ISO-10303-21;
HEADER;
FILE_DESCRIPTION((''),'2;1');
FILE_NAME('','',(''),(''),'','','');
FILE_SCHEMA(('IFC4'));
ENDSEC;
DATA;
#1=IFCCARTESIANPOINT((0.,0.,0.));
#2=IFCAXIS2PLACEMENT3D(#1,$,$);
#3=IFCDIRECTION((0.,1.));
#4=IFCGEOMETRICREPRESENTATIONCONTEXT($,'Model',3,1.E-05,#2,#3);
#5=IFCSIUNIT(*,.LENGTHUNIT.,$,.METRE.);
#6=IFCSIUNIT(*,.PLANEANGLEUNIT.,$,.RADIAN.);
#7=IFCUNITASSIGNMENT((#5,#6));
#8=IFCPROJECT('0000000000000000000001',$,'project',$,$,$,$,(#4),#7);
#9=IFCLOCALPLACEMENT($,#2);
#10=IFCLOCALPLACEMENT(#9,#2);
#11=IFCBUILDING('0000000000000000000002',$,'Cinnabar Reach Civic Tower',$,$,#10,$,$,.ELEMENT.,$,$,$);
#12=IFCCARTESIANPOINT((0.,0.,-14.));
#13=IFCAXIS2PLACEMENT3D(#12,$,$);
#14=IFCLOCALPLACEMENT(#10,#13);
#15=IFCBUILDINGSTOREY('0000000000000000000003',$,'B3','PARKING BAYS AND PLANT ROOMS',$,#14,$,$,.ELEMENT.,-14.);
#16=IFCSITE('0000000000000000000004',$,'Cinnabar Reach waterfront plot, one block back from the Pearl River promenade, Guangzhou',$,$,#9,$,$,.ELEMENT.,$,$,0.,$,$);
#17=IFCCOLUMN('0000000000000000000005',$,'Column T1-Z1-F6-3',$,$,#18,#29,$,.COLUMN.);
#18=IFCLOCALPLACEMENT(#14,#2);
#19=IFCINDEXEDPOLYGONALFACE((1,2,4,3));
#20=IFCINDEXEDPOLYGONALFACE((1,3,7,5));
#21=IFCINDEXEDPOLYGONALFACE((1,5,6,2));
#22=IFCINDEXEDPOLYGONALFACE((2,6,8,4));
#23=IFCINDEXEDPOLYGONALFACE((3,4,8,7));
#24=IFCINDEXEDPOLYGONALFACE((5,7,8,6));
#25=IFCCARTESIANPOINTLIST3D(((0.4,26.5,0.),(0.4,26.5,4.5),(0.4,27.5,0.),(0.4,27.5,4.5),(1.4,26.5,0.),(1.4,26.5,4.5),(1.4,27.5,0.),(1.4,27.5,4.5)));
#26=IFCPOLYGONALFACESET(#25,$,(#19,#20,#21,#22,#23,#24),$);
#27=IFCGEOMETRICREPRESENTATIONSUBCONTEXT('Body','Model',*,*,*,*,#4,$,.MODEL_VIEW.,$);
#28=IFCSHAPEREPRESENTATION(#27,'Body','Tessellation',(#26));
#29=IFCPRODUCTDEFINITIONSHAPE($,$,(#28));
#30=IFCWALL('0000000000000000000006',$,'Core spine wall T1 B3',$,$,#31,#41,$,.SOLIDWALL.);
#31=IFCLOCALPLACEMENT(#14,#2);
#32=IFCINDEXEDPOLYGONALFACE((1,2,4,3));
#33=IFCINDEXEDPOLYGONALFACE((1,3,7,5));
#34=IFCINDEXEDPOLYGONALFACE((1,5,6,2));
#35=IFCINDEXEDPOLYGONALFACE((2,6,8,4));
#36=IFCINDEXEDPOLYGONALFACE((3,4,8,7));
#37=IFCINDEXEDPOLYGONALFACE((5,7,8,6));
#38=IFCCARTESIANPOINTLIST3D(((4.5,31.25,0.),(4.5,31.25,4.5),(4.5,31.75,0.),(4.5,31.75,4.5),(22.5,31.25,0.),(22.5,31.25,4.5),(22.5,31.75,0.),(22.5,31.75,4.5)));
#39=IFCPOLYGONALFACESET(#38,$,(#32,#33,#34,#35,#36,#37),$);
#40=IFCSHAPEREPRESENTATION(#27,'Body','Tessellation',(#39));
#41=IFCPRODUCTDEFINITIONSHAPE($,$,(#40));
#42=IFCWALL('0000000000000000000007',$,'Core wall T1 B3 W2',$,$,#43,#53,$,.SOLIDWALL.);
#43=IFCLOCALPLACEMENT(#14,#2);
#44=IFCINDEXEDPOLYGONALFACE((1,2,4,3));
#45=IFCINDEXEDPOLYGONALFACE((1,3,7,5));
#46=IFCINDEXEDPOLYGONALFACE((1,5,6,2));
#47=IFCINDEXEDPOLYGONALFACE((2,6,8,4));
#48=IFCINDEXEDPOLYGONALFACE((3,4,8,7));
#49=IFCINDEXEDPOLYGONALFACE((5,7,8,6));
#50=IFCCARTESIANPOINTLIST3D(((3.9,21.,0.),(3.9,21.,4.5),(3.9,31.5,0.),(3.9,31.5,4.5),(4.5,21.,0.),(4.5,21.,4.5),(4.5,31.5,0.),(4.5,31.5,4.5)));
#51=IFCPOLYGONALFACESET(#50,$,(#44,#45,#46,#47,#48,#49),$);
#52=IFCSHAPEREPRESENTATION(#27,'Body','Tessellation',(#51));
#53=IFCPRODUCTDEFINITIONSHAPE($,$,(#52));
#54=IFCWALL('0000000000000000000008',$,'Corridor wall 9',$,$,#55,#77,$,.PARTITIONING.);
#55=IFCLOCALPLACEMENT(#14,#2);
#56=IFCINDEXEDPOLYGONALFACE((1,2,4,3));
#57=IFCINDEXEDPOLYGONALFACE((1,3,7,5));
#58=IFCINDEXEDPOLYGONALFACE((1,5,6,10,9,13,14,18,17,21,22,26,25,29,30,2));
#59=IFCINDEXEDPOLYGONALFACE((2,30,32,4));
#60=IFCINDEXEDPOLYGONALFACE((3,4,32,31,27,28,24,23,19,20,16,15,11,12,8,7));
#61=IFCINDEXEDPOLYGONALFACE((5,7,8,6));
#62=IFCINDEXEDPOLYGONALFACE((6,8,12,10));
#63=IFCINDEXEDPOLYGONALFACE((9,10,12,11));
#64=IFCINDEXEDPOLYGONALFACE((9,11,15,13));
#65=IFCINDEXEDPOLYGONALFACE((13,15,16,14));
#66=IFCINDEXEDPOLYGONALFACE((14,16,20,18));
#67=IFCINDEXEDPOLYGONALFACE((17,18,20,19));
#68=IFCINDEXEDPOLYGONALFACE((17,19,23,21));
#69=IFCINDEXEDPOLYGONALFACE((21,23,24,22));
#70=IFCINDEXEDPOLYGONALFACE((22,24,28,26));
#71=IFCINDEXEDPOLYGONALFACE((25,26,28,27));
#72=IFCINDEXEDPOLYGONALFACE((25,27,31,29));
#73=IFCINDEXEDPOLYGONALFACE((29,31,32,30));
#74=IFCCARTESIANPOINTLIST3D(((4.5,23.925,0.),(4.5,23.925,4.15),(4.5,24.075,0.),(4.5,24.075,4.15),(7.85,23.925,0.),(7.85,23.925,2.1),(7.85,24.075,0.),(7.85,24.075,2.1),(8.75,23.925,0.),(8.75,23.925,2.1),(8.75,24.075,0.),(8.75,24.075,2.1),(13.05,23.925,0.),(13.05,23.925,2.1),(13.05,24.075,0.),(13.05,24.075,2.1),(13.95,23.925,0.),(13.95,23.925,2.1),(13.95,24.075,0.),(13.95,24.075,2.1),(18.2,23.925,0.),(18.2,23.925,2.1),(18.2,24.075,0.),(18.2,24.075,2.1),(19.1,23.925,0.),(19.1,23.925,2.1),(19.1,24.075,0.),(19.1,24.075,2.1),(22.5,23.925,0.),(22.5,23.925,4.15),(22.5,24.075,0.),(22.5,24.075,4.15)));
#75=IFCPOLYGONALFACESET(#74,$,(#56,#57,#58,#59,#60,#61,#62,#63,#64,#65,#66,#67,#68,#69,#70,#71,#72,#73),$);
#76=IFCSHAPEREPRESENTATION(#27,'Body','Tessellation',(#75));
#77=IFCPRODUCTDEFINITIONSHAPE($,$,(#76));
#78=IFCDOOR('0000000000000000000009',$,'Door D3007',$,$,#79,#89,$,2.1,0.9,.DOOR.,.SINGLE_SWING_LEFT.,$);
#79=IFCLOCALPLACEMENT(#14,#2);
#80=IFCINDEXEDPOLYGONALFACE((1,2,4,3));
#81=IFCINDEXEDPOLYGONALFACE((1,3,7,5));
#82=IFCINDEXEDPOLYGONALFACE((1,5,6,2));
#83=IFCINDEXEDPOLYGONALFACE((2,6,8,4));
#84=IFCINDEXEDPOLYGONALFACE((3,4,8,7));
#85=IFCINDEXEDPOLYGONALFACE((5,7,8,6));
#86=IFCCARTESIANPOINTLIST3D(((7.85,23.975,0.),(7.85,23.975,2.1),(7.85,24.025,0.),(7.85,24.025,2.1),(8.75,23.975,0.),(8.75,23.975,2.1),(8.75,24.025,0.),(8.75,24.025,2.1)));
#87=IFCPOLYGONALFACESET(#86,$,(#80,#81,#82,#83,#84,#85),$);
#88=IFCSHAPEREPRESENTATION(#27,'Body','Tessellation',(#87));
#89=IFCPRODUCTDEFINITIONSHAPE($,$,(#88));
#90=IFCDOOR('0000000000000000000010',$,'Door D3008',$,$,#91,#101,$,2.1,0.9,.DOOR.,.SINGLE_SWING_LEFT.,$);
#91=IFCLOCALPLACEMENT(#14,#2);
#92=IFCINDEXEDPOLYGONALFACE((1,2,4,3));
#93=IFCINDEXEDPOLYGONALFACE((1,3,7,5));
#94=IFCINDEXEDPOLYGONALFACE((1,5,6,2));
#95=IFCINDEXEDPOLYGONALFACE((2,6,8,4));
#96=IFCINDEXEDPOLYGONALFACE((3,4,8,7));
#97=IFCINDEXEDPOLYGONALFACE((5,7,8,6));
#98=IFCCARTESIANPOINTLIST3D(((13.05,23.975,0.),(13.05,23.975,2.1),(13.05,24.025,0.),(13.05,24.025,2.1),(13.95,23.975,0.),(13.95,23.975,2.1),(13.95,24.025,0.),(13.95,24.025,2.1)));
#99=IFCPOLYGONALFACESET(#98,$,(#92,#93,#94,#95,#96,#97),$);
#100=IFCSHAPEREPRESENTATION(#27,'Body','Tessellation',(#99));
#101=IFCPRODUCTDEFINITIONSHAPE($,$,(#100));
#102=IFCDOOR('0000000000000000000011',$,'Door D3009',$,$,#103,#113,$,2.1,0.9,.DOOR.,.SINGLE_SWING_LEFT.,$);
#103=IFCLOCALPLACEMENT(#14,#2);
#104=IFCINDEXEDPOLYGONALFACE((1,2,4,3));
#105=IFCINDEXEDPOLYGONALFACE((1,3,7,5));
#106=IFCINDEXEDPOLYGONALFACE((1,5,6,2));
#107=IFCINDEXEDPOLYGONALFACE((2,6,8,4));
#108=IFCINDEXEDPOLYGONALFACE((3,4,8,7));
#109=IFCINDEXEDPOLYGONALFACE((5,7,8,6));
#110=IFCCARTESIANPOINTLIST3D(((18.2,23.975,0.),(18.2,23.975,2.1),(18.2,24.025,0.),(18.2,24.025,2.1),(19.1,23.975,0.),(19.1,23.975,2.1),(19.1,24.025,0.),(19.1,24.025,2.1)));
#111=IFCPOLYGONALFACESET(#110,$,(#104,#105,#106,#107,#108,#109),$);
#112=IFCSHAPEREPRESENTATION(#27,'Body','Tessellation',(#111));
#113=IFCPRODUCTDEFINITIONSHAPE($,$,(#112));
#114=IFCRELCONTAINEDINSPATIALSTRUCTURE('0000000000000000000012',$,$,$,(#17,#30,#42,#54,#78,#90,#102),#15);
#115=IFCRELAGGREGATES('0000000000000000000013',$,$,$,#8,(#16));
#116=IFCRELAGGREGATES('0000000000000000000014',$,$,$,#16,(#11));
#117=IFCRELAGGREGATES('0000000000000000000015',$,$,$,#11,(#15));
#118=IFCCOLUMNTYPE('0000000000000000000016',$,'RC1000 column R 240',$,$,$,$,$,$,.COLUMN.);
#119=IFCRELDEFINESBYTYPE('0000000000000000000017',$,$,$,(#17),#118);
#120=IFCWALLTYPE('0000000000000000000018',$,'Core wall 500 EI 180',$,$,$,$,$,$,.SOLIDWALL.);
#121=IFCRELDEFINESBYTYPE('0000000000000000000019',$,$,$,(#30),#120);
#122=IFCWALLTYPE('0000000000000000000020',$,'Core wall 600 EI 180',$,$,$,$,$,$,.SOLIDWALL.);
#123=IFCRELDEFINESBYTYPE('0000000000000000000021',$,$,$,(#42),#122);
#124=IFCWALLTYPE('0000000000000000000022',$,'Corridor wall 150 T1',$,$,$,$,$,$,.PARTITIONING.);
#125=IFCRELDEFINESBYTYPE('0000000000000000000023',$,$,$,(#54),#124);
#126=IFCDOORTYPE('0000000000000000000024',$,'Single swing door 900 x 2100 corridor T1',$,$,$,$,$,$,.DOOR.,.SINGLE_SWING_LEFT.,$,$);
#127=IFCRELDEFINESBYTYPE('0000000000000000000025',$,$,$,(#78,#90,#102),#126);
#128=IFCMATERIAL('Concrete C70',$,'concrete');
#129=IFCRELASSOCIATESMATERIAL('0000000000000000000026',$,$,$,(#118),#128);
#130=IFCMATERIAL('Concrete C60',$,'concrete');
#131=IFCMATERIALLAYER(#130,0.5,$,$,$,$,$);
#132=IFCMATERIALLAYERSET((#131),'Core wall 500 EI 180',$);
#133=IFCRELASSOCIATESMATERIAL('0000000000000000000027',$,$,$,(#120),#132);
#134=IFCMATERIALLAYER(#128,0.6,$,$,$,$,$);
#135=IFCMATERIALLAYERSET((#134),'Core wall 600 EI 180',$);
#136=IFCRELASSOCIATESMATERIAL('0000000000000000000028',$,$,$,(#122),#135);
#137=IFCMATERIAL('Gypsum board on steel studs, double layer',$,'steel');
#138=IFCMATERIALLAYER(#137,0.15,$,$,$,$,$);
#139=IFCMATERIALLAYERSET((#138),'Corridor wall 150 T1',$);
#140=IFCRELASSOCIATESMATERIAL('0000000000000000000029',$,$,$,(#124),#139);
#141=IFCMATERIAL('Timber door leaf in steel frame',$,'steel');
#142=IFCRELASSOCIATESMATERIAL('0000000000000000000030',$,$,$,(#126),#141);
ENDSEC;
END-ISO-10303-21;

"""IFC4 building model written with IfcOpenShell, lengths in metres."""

from ifc_helpers import new_model, si_unit, direction, frame, frame_2d, origin, origin_2d, place, context, subcontext, project, spatial, rectangle, extrude, material, layer, layer_set, material_profile, profile_set, type_object, element, fill, save


model = new_model("IFC4")

# Units and contexts
model_context = context("Model", 3, precision=1e-05, world=origin(), true_north=direction((0.0, 1.0)))
body_context = subcontext(model_context, "Body", "Model", "MODEL_VIEW")
ifc_project = project(units=[si_unit("LENGTHUNIT", "METRE"), si_unit("PLANEANGLEUNIT", "RADIAN")], contexts=[model_context])

# Site, building, storey
site_placement = place(None, origin())
site = spatial("IfcSite", under=ifc_project, at=site_placement, Name="Cinnabar Reach waterfront plot, one block back from the Pearl River promenade, Guangzhou", CompositionType="ELEMENT", RefElevation=0.0)
building_placement = place(site_placement, origin())
building = spatial("IfcBuilding", under=site, at=building_placement, Name="Cinnabar Reach Civic Tower", CompositionType="ELEMENT")
storey_placement = place(building_placement, frame((0.0, 0.0, -14.0)))
storey = spatial("IfcBuildingStorey", under=building, at=storey_placement, Name="B3", Description="PARKING BAYS AND PLANT ROOMS", CompositionType="ELEMENT", Elevation=-14.0)

# Column
ifc_material_1 = material(Name="Concrete C70", Category="concrete")
ifc_material_profile = material_profile(ifc_material_1, rectangle(XDim=1.0, YDim=1.0, at=origin_2d()), Name="RC1000")
ifc_profile_set = profile_set([ifc_material_profile], Name="Concrete C70")
column_type = type_object("IfcColumnType", Name="RC1000 column R 240", PredefinedType="COLUMN", material=ifc_profile_set)
column_placement = place(storey_placement, frame((0.9, 27.0, 0.0), z_axis=(0.0, 0.0, 1.0), x_axis=(1.0, 0.0, 0.0)))
element("IfcColumn", 1, at=column_placement, inside=storey, type_object=column_type, Name="Column T1-Z1-F6-3", PredefinedType="COLUMN", context=body_context, shape_type="SweptSolid", body=[
    extrude(rectangle(XDim=1.0, YDim=1.0, at=origin_2d()), origin(), (0.0, 0.0, 1.0), 4.5),
])

# Walls
ifc_material_2 = material(Name="Concrete C60", Category="concrete")
ifc_layer_1 = layer(ifc_material_2, 0.5)
ifc_layer_set_1 = layer_set([ifc_layer_1], Name="Core wall 500 EI 180")
wall_type_1 = type_object("IfcWallType", Name="Core wall 500 EI 180", PredefinedType="SOLIDWALL", material=ifc_layer_set_1)
wall_1_placement = place(storey_placement, frame((4.5, 31.5, 0.0), z_axis=(0.0, 0.0, 1.0), x_axis=(1.0, 0.0, 0.0)))
element("IfcWall", 2, at=wall_1_placement, inside=storey, type_object=wall_type_1, Name="Core spine wall T1 B3", PredefinedType="SOLIDWALL", context=body_context, shape_type="SweptSolid", body=[
    extrude(rectangle(XDim=18.0, YDim=0.5, at=frame_2d((9.0, 0.0))), origin(), (0.0, 0.0, 1.0), 4.5),
])
ifc_layer_2 = layer(ifc_material_1, 0.6)
ifc_layer_set_2 = layer_set([ifc_layer_2], Name="Core wall 600 EI 180")
wall_type_2 = type_object("IfcWallType", Name="Core wall 600 EI 180", PredefinedType="SOLIDWALL", material=ifc_layer_set_2)
wall_2_placement = place(storey_placement, frame((4.2, 31.5, 0.0), z_axis=(0.0, 0.0, 1.0), x_axis=(0.0, -1.0, 0.0)))
element("IfcWall", 3, at=wall_2_placement, inside=storey, type_object=wall_type_2, Name="Core wall T1 B3 W2", PredefinedType="SOLIDWALL", context=body_context, shape_type="SweptSolid", body=[
    extrude(rectangle(XDim=10.5, YDim=0.6, at=frame_2d((5.25, 0.0))), origin(), (0.0, 0.0, 1.0), 4.5),
])

# Wall, openings, doors
ifc_material_3 = material(Name="Gypsum board on steel studs, double layer", Category="steel")
ifc_layer_3 = layer(ifc_material_3, 0.15)
ifc_layer_set_3 = layer_set([ifc_layer_3], Name="Corridor wall 150 T1")
wall_type_3 = type_object("IfcWallType", Name="Corridor wall 150 T1", PredefinedType="PARTITIONING", material=ifc_layer_set_3)
wall_3_placement = place(storey_placement, frame((4.5, 24.0, 0.0), z_axis=(0.0, 0.0, 1.0), x_axis=(1.0, 0.0, 0.0)))
wall_3 = element("IfcWall", 4, at=wall_3_placement, inside=storey, type_object=wall_type_3, Name="Corridor wall 9", PredefinedType="PARTITIONING", context=body_context, shape_type="SweptSolid", body=[
    extrude(rectangle(XDim=18.0, YDim=0.15, at=frame_2d((9.0, 0.0))), origin(), (0.0, 0.0, 1.0), 4.15),
])
opening_1_placement = place(wall_3_placement, frame((3.35, 0.0, 0.0)))
opening_1 = element("IfcOpeningElement", 5, at=opening_1_placement, cuts=wall_3, PredefinedType="OPENING", context=body_context, shape_type="SweptSolid", body=[
    extrude(rectangle(XDim=0.9, YDim=2.1, at=frame_2d((0.45, 1.05))), frame((0.0, 0.085, 0.0), z_axis=(0.0, -1.0, 0.0), x_axis=(1.0, 0.0, 0.0)), (0.0, 0.0, 1.0), 0.17),
])
opening_2_placement = place(wall_3_placement, frame((8.55, 0.0, 0.0)))
opening_2 = element("IfcOpeningElement", 6, at=opening_2_placement, cuts=wall_3, PredefinedType="OPENING", context=body_context, shape_type="SweptSolid", body=[
    extrude(rectangle(XDim=0.9, YDim=2.1, at=frame_2d((0.45, 1.05))), frame((0.0, 0.085, 0.0), z_axis=(0.0, -1.0, 0.0), x_axis=(1.0, 0.0, 0.0)), (0.0, 0.0, 1.0), 0.17),
])
opening_3_placement = place(wall_3_placement, frame((13.7, 0.0, 0.0)))
opening_3 = element("IfcOpeningElement", 7, at=opening_3_placement, cuts=wall_3, PredefinedType="OPENING", context=body_context, shape_type="SweptSolid", body=[
    extrude(rectangle(XDim=0.9, YDim=2.1, at=frame_2d((0.45, 1.05))), frame((0.0, 0.085, 0.0), z_axis=(0.0, -1.0, 0.0), x_axis=(1.0, 0.0, 0.0)), (0.0, 0.0, 1.0), 0.17),
])
ifc_material_4 = material(Name="Timber door leaf in steel frame", Category="steel")
door_type = type_object("IfcDoorType", Name="Single swing door 900 x 2100 corridor T1", OperationType="SINGLE_SWING_LEFT", PredefinedType="DOOR", material=ifc_material_4)
door_1_placement = place(opening_1_placement, frame((0.9, 0.0, 0.0), z_axis=(0.0, 0.0, 1.0), x_axis=(-1.0, 0.0, 0.0)))
door_1 = element("IfcDoor", 8, at=door_1_placement, inside=storey, type_object=door_type, Name="Door D3007", OperationType="SINGLE_SWING_LEFT", OverallHeight=2.1, OverallWidth=0.9, PredefinedType="DOOR", context=body_context, shape_type="SweptSolid", body=[
    extrude(rectangle(XDim=0.9, YDim=2.1, at=frame_2d((0.45, 1.05))), frame((0.0, 0.025, 0.0), z_axis=(0.0, -1.0, 0.0), x_axis=(1.0, 0.0, 0.0)), (0.0, 0.0, 1.0), 0.05),
])
fill(opening_1, door_1)
door_2_placement = place(opening_2_placement, frame((0.9, 0.0, 0.0), z_axis=(0.0, 0.0, 1.0), x_axis=(-1.0, 0.0, 0.0)))
door_2 = element("IfcDoor", 9, at=door_2_placement, inside=storey, type_object=door_type, Name="Door D3008", OperationType="SINGLE_SWING_LEFT", OverallHeight=2.1, OverallWidth=0.9, PredefinedType="DOOR", context=body_context, shape_type="SweptSolid", body=[
    extrude(rectangle(XDim=0.9, YDim=2.1, at=frame_2d((0.45, 1.05))), frame((0.0, 0.025, 0.0), z_axis=(0.0, -1.0, 0.0), x_axis=(1.0, 0.0, 0.0)), (0.0, 0.0, 1.0), 0.05),
])
fill(opening_2, door_2)
door_3_placement = place(opening_3_placement, frame((0.9, 0.0, 0.0), z_axis=(0.0, 0.0, 1.0), x_axis=(-1.0, 0.0, 0.0)))
door_3 = element("IfcDoor", 10, at=door_3_placement, inside=storey, type_object=door_type, Name="Door D3009", OperationType="SINGLE_SWING_LEFT", OverallHeight=2.1, OverallWidth=0.9, PredefinedType="DOOR", context=body_context, shape_type="SweptSolid", body=[
    extrude(rectangle(XDim=0.9, YDim=2.1, at=frame_2d((0.45, 1.05))), frame((0.0, 0.025, 0.0), z_axis=(0.0, -1.0, 0.0), x_axis=(1.0, 0.0, 0.0)), (0.0, 0.0, 1.0), 0.05),
])
fill(opening_3, door_3)

save(model, "model.ifc")
